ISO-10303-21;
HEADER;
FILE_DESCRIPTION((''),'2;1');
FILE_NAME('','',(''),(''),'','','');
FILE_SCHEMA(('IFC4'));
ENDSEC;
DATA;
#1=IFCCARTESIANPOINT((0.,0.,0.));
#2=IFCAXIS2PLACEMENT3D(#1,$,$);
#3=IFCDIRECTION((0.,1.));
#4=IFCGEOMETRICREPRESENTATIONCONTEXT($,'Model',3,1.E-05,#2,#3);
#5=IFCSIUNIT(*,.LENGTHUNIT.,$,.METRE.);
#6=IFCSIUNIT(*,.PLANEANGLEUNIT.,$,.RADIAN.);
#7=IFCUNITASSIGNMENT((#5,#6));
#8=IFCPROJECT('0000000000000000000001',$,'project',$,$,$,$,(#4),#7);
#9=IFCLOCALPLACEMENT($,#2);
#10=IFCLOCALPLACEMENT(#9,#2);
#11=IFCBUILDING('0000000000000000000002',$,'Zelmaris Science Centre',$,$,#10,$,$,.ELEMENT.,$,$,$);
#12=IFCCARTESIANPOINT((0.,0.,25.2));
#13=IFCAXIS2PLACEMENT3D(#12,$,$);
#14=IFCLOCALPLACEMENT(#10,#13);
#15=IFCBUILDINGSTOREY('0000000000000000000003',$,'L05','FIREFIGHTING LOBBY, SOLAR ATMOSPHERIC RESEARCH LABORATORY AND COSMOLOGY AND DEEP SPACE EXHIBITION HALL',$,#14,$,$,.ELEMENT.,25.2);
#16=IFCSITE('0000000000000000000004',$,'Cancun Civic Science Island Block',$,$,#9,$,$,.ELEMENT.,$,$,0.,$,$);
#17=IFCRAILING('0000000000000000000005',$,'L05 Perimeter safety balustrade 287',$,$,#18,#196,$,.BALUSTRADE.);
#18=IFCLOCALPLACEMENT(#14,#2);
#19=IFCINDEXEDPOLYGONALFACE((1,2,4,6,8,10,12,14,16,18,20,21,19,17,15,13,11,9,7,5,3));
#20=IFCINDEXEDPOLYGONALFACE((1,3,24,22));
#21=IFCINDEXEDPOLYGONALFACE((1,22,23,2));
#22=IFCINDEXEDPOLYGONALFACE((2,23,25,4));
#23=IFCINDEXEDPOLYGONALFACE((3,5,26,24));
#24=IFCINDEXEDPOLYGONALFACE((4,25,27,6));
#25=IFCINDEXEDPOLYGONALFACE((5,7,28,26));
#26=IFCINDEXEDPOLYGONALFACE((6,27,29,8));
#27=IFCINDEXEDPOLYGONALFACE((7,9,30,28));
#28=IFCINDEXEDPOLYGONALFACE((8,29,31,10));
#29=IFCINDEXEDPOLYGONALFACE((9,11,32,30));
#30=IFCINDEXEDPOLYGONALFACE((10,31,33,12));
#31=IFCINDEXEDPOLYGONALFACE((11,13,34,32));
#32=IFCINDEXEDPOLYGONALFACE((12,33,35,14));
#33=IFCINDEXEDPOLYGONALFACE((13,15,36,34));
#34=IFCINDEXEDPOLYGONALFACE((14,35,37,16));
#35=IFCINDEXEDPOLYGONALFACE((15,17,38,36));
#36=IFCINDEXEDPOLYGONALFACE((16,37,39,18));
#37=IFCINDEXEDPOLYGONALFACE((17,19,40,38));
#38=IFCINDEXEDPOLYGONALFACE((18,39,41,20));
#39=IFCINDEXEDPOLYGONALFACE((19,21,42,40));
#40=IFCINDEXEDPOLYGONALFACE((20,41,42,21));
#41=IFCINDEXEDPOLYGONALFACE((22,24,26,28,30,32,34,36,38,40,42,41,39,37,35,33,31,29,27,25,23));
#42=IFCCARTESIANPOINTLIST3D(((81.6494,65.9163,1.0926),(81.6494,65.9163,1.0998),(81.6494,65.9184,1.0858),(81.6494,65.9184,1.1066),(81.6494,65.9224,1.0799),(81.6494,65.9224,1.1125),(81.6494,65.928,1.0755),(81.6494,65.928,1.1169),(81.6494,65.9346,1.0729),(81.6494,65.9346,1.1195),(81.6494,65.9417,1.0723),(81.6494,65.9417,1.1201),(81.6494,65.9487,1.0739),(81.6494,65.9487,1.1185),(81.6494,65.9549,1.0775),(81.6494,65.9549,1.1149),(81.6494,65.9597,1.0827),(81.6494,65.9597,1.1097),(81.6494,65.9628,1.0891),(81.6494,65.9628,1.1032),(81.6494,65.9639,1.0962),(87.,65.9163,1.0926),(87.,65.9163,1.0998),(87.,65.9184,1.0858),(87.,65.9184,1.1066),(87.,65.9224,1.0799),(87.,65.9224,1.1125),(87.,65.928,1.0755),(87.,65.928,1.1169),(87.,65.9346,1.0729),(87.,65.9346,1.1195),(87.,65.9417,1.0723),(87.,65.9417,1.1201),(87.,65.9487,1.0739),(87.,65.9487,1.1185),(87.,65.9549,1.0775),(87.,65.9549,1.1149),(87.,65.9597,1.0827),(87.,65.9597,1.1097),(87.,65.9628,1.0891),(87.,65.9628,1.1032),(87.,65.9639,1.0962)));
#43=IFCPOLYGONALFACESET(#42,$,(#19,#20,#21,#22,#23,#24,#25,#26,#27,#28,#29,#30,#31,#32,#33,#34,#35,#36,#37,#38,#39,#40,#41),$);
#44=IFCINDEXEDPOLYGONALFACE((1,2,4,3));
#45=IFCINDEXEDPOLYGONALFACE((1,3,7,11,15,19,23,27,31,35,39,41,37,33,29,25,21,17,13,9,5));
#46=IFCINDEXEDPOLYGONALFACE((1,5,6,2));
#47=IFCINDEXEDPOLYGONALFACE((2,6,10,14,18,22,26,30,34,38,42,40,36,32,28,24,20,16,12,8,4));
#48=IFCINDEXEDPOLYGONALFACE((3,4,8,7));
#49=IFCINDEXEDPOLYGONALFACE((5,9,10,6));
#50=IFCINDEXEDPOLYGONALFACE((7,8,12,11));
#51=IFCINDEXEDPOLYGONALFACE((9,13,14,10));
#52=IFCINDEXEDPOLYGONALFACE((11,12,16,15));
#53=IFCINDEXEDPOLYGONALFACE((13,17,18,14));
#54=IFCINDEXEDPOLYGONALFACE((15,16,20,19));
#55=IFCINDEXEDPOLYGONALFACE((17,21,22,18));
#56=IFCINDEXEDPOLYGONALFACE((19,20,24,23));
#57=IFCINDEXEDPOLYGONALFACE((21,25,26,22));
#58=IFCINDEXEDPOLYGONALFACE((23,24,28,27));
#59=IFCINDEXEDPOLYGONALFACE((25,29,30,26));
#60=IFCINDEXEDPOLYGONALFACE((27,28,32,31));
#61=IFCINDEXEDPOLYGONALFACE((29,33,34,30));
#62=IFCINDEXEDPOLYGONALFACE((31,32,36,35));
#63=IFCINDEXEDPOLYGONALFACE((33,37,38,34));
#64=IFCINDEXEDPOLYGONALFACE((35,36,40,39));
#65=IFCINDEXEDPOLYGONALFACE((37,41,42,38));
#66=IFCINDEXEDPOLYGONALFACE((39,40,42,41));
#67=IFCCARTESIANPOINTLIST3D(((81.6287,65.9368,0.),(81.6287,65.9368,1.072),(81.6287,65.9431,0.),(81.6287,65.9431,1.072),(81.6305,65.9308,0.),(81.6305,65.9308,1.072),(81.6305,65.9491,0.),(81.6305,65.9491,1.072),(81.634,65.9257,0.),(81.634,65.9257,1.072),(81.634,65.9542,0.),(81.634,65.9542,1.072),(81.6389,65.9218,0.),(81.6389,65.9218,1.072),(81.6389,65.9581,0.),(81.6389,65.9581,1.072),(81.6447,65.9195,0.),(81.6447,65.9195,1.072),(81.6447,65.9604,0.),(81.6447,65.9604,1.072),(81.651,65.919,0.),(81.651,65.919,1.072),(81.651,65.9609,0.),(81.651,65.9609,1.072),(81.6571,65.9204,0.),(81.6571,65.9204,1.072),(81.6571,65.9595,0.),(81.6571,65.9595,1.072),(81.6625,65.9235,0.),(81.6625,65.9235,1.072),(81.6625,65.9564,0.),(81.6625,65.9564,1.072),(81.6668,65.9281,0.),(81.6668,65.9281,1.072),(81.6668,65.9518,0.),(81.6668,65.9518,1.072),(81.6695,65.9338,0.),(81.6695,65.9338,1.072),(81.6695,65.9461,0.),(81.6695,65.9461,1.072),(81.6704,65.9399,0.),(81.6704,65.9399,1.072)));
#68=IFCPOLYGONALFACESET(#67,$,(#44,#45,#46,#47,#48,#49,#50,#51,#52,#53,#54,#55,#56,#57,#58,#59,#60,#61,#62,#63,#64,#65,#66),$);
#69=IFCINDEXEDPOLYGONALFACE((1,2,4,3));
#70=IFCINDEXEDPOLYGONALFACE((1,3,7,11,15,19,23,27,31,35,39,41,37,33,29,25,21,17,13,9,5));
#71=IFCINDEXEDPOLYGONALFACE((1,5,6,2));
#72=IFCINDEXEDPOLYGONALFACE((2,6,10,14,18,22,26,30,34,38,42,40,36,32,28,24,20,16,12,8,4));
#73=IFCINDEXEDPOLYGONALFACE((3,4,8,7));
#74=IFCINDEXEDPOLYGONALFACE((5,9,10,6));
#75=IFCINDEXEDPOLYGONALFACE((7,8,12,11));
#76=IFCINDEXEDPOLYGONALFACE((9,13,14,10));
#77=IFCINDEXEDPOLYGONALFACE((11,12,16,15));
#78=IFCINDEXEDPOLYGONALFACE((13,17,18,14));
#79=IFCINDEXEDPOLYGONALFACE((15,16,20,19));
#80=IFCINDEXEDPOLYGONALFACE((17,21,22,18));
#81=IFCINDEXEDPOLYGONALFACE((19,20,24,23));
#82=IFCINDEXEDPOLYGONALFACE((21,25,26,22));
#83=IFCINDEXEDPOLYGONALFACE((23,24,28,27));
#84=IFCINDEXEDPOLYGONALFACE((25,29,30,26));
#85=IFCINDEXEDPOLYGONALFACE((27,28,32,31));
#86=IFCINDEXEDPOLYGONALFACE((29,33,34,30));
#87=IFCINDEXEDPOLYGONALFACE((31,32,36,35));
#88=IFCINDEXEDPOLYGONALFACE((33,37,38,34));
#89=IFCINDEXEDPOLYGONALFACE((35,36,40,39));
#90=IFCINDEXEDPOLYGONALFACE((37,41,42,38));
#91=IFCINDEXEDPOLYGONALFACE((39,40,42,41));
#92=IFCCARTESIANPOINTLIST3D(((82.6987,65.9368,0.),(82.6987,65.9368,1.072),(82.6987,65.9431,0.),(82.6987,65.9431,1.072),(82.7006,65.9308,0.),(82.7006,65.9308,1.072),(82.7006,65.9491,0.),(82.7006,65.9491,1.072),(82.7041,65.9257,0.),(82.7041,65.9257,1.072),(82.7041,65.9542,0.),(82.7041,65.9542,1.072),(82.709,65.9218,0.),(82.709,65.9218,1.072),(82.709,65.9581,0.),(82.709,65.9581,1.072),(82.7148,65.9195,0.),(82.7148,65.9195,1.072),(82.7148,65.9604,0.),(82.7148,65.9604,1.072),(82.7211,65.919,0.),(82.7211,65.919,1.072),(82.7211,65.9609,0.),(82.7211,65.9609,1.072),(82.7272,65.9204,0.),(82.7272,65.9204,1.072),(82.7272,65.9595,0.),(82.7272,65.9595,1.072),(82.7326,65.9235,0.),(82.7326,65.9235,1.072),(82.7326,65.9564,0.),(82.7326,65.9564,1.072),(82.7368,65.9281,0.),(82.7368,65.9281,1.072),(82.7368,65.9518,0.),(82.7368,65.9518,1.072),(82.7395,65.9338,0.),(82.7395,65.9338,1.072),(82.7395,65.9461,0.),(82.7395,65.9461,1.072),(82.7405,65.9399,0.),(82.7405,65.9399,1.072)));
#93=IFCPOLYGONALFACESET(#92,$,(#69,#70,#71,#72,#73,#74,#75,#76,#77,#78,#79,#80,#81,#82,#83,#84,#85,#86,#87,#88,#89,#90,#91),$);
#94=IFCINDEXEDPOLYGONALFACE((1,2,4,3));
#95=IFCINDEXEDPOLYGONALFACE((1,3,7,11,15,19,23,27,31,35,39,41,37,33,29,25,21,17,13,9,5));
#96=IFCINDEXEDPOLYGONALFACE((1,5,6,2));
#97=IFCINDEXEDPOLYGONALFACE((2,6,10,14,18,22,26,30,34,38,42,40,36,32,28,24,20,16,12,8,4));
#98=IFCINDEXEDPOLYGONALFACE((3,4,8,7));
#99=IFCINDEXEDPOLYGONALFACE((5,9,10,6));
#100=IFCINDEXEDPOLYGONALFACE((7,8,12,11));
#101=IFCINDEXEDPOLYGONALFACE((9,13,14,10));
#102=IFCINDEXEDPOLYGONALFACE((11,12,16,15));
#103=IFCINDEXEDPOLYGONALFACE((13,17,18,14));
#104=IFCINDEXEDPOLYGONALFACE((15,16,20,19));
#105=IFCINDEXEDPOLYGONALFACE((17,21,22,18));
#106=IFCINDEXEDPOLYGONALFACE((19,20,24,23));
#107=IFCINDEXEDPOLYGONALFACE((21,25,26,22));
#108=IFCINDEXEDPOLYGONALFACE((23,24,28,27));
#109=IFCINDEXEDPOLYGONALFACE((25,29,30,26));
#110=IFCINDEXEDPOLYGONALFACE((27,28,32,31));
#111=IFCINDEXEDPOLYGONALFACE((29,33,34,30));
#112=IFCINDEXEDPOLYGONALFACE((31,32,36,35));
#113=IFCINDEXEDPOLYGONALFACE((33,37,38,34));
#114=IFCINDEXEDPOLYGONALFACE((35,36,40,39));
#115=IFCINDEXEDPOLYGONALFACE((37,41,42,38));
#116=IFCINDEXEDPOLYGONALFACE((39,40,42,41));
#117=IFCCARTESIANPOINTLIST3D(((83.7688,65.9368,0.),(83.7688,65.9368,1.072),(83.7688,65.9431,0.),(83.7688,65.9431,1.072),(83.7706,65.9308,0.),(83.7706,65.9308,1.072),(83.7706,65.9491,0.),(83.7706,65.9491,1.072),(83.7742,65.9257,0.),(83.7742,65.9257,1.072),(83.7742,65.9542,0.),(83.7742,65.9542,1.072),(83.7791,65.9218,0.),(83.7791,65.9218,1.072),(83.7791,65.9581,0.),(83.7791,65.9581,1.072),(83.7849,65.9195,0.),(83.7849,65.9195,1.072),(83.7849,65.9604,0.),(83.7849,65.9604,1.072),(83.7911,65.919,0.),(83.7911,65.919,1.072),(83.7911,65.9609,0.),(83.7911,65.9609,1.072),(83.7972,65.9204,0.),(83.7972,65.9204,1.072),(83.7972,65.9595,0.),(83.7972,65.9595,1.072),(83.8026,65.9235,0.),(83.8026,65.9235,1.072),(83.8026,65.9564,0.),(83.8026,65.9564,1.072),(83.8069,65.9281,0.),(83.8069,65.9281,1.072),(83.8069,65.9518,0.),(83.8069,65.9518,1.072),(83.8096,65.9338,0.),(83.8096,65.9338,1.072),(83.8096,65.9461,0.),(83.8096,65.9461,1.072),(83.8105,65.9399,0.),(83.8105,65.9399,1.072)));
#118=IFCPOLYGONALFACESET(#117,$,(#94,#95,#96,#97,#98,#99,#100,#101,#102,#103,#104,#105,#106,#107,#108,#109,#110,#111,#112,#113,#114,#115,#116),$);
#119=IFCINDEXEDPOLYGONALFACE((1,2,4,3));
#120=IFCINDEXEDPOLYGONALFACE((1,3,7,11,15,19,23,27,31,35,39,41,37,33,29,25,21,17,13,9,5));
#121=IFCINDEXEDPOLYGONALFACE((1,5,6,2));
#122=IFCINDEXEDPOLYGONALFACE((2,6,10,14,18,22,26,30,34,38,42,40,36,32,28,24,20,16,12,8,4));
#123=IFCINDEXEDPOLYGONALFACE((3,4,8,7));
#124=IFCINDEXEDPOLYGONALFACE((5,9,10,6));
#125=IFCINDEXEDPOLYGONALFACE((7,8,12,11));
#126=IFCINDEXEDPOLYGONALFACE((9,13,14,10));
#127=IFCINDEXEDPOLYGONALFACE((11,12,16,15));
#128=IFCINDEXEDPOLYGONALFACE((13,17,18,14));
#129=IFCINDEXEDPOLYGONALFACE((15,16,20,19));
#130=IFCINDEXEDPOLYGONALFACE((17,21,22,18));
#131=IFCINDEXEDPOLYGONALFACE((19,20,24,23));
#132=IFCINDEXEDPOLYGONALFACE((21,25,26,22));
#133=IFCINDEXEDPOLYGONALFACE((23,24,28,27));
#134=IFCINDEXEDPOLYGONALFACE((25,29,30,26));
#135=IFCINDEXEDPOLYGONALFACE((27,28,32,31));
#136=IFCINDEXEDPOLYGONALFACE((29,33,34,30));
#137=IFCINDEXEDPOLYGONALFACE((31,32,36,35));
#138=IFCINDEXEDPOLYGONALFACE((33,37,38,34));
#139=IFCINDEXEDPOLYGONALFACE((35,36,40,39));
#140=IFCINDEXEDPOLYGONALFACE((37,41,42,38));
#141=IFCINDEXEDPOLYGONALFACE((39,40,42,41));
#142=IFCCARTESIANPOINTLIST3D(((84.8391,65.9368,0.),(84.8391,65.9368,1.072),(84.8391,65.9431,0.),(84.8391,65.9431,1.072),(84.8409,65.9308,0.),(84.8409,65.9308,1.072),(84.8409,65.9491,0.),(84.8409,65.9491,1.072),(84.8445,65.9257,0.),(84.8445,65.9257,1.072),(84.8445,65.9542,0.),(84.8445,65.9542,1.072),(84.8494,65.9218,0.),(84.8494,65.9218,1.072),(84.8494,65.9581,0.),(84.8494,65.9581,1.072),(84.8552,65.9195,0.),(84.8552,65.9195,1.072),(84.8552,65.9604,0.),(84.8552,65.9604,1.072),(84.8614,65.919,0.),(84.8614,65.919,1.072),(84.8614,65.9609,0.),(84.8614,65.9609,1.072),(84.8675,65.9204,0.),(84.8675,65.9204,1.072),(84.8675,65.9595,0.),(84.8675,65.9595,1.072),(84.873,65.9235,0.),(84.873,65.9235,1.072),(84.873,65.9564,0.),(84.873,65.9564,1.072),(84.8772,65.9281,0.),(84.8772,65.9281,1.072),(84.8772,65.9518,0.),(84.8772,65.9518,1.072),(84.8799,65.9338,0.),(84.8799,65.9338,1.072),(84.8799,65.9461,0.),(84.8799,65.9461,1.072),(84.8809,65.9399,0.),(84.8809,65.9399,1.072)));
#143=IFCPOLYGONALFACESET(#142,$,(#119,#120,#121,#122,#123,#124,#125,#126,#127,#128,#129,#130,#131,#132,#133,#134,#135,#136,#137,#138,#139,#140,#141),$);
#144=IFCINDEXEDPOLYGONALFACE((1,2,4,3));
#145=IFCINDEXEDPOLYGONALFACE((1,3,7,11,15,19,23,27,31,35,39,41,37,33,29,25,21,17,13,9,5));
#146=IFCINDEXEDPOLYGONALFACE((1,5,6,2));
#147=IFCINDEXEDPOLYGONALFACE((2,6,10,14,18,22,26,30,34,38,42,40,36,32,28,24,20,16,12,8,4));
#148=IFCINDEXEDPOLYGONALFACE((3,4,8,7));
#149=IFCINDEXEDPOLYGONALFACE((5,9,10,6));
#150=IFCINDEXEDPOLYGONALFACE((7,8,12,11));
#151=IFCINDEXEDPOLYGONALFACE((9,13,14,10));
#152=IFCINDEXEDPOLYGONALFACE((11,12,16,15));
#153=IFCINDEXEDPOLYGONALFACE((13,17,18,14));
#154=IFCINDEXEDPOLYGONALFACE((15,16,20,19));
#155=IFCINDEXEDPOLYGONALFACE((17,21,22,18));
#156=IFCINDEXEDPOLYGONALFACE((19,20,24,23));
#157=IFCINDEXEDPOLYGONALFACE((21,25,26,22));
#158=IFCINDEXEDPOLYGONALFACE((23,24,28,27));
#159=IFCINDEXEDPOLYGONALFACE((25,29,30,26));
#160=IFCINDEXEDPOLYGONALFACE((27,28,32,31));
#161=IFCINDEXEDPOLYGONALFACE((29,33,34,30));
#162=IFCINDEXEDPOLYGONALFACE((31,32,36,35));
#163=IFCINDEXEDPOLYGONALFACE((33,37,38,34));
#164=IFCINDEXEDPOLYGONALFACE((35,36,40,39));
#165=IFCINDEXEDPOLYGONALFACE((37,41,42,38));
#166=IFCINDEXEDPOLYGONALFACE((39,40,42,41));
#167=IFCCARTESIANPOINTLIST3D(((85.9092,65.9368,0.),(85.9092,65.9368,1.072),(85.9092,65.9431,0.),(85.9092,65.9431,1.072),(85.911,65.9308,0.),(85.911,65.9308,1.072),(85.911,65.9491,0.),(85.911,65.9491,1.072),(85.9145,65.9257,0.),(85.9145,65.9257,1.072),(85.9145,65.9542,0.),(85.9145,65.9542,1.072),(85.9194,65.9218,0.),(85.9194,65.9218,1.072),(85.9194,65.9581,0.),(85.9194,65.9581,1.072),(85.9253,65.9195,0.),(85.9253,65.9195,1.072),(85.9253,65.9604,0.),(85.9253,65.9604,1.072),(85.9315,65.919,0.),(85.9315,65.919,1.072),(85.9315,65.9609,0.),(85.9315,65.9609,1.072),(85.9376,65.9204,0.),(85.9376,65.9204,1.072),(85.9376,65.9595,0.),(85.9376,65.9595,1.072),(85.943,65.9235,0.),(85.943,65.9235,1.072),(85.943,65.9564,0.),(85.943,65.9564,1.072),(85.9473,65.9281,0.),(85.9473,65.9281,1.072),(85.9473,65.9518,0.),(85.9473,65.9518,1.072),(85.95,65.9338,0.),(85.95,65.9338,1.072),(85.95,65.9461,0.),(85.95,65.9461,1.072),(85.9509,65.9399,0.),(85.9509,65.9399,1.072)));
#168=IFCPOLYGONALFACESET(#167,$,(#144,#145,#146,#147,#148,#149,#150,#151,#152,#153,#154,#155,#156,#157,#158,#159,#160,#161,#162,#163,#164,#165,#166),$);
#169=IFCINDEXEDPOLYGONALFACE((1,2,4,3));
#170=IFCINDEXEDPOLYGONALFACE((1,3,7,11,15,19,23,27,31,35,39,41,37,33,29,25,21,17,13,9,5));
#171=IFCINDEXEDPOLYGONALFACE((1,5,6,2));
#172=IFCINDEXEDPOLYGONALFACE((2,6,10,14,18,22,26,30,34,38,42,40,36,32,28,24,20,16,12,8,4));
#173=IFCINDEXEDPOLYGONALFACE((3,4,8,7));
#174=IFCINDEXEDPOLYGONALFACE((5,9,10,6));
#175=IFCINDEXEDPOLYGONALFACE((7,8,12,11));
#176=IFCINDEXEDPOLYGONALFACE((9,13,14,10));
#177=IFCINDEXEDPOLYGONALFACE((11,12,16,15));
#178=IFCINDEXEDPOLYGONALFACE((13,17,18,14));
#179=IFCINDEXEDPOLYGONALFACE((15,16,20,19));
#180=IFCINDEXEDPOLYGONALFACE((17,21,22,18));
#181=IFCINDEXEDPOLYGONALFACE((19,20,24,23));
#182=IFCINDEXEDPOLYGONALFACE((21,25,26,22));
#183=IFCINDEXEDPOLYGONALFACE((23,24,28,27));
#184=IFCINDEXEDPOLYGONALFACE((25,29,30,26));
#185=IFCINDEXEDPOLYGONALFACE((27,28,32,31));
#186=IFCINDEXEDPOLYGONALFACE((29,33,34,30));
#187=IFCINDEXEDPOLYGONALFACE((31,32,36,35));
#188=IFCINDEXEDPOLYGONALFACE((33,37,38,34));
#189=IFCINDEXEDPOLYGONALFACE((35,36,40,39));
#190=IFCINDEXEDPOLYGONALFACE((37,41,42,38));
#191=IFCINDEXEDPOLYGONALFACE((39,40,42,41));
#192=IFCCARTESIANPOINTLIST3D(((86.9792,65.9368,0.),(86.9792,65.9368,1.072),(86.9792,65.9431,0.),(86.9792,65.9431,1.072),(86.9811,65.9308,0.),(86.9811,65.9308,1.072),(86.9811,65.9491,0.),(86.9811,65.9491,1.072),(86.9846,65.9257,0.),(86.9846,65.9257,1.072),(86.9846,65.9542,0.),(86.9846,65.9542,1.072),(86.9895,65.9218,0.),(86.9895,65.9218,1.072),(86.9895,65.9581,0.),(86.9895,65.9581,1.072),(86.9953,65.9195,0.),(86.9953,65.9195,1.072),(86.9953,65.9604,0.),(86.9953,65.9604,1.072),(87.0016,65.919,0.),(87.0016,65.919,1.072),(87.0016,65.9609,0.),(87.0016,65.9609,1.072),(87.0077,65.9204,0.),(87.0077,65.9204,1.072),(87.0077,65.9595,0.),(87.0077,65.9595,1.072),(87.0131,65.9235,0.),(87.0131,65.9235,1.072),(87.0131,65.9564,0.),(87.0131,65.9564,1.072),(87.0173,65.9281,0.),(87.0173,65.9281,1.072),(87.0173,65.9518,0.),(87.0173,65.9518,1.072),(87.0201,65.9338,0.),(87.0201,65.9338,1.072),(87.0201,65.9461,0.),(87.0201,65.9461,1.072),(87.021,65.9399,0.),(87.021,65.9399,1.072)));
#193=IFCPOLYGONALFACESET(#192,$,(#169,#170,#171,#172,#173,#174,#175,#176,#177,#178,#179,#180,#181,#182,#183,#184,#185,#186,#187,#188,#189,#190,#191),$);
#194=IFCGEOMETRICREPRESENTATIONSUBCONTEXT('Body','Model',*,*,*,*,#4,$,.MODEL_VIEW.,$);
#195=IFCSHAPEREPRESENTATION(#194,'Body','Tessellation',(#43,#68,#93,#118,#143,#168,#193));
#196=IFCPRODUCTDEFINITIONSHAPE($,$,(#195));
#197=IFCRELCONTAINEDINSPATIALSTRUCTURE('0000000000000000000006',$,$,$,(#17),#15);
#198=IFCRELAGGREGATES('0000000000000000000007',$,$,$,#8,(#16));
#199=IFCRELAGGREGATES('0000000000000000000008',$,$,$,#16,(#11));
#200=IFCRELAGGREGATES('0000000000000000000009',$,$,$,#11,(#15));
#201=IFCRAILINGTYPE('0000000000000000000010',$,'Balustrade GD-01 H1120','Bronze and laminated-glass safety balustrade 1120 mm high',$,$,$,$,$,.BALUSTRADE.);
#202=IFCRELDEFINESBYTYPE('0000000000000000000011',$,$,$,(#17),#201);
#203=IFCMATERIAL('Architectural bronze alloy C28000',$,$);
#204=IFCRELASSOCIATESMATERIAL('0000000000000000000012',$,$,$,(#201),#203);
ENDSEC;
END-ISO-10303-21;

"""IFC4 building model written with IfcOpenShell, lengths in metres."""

from ifc_helpers import new_model, si_unit, direction, frame, origin, origin_2d, place, context, subcontext, project, spatial, circle, extrude, material, type_object, element, save


model = new_model("IFC4")

# Units and contexts
model_context = context("Model", 3, precision=1e-05, world=origin(), true_north=direction((0.0, 1.0)))
body_context = subcontext(model_context, "Body", "Model", "MODEL_VIEW")
ifc_project = project(units=[si_unit("LENGTHUNIT", "METRE"), si_unit("PLANEANGLEUNIT", "RADIAN")], contexts=[model_context])

# Site, building, storey
site_placement = place(None, origin())
site = spatial("IfcSite", under=ifc_project, at=site_placement, Name="Cancun Civic Science Island Block", CompositionType="ELEMENT", RefElevation=0.0)
building_placement = place(site_placement, origin())
building = spatial("IfcBuilding", under=site, at=building_placement, Name="Zelmaris Science Centre", CompositionType="ELEMENT")
storey_placement = place(building_placement, frame((0.0, 0.0, 25.2)))
storey = spatial("IfcBuildingStorey", under=building, at=storey_placement, Name="L05", Description="FIREFIGHTING LOBBY, SOLAR ATMOSPHERIC RESEARCH LABORATORY AND COSMOLOGY AND DEEP SPACE EXHIBITION HALL", CompositionType="ELEMENT", Elevation=25.2)

# Railing
ifc_material_1 = material(Name="Architectural bronze alloy C28000")
railing_type = type_object("IfcRailingType", Name="Balustrade GD-01 H1120", Description="Bronze and laminated-glass safety balustrade 1120 mm high", PredefinedType="BALUSTRADE", material=ifc_material_1)
railing_placement = place(storey_placement, frame((81.6494, 65.9399, 0.0)))
element("IfcRailing", 1, at=railing_placement, inside=storey, type_object=railing_type, Name="L05 Perimeter safety balustrade 287", PredefinedType="BALUSTRADE", context=body_context, shape_type="SweptSolid", body=[
    extrude(circle(Radius=0.0239, at=origin_2d()), frame((0.0, 0.0, 1.0962), z_axis=(1.0, 0.0, 0.0), x_axis=(0.0, 1.0, 0.0)), (0.0, 0.0, 1.0), 5.3506),
    extrude(circle(Radius=0.021, at=origin_2d()), origin(), (0.0, 0.0, 1.0), 1.072),
    extrude(circle(Radius=0.021, at=origin_2d()), frame((1.0701, 0.0, 0.0)), (0.0, 0.0, 1.0), 1.072),
    extrude(circle(Radius=0.021, at=origin_2d()), frame((2.1401, 0.0, 0.0)), (0.0, 0.0, 1.0), 1.072),
    extrude(circle(Radius=0.021, at=origin_2d()), frame((3.2104, 0.0, 0.0)), (0.0, 0.0, 1.0), 1.072),
    extrude(circle(Radius=0.021, at=origin_2d()), frame((4.2805, 0.0, 0.0)), (0.0, 0.0, 1.0), 1.072),
    extrude(circle(Radius=0.021, at=origin_2d()), frame((5.3506, 0.0, 0.0)), (0.0, 0.0, 1.0), 1.072),
])

save(model, "model.ifc")
